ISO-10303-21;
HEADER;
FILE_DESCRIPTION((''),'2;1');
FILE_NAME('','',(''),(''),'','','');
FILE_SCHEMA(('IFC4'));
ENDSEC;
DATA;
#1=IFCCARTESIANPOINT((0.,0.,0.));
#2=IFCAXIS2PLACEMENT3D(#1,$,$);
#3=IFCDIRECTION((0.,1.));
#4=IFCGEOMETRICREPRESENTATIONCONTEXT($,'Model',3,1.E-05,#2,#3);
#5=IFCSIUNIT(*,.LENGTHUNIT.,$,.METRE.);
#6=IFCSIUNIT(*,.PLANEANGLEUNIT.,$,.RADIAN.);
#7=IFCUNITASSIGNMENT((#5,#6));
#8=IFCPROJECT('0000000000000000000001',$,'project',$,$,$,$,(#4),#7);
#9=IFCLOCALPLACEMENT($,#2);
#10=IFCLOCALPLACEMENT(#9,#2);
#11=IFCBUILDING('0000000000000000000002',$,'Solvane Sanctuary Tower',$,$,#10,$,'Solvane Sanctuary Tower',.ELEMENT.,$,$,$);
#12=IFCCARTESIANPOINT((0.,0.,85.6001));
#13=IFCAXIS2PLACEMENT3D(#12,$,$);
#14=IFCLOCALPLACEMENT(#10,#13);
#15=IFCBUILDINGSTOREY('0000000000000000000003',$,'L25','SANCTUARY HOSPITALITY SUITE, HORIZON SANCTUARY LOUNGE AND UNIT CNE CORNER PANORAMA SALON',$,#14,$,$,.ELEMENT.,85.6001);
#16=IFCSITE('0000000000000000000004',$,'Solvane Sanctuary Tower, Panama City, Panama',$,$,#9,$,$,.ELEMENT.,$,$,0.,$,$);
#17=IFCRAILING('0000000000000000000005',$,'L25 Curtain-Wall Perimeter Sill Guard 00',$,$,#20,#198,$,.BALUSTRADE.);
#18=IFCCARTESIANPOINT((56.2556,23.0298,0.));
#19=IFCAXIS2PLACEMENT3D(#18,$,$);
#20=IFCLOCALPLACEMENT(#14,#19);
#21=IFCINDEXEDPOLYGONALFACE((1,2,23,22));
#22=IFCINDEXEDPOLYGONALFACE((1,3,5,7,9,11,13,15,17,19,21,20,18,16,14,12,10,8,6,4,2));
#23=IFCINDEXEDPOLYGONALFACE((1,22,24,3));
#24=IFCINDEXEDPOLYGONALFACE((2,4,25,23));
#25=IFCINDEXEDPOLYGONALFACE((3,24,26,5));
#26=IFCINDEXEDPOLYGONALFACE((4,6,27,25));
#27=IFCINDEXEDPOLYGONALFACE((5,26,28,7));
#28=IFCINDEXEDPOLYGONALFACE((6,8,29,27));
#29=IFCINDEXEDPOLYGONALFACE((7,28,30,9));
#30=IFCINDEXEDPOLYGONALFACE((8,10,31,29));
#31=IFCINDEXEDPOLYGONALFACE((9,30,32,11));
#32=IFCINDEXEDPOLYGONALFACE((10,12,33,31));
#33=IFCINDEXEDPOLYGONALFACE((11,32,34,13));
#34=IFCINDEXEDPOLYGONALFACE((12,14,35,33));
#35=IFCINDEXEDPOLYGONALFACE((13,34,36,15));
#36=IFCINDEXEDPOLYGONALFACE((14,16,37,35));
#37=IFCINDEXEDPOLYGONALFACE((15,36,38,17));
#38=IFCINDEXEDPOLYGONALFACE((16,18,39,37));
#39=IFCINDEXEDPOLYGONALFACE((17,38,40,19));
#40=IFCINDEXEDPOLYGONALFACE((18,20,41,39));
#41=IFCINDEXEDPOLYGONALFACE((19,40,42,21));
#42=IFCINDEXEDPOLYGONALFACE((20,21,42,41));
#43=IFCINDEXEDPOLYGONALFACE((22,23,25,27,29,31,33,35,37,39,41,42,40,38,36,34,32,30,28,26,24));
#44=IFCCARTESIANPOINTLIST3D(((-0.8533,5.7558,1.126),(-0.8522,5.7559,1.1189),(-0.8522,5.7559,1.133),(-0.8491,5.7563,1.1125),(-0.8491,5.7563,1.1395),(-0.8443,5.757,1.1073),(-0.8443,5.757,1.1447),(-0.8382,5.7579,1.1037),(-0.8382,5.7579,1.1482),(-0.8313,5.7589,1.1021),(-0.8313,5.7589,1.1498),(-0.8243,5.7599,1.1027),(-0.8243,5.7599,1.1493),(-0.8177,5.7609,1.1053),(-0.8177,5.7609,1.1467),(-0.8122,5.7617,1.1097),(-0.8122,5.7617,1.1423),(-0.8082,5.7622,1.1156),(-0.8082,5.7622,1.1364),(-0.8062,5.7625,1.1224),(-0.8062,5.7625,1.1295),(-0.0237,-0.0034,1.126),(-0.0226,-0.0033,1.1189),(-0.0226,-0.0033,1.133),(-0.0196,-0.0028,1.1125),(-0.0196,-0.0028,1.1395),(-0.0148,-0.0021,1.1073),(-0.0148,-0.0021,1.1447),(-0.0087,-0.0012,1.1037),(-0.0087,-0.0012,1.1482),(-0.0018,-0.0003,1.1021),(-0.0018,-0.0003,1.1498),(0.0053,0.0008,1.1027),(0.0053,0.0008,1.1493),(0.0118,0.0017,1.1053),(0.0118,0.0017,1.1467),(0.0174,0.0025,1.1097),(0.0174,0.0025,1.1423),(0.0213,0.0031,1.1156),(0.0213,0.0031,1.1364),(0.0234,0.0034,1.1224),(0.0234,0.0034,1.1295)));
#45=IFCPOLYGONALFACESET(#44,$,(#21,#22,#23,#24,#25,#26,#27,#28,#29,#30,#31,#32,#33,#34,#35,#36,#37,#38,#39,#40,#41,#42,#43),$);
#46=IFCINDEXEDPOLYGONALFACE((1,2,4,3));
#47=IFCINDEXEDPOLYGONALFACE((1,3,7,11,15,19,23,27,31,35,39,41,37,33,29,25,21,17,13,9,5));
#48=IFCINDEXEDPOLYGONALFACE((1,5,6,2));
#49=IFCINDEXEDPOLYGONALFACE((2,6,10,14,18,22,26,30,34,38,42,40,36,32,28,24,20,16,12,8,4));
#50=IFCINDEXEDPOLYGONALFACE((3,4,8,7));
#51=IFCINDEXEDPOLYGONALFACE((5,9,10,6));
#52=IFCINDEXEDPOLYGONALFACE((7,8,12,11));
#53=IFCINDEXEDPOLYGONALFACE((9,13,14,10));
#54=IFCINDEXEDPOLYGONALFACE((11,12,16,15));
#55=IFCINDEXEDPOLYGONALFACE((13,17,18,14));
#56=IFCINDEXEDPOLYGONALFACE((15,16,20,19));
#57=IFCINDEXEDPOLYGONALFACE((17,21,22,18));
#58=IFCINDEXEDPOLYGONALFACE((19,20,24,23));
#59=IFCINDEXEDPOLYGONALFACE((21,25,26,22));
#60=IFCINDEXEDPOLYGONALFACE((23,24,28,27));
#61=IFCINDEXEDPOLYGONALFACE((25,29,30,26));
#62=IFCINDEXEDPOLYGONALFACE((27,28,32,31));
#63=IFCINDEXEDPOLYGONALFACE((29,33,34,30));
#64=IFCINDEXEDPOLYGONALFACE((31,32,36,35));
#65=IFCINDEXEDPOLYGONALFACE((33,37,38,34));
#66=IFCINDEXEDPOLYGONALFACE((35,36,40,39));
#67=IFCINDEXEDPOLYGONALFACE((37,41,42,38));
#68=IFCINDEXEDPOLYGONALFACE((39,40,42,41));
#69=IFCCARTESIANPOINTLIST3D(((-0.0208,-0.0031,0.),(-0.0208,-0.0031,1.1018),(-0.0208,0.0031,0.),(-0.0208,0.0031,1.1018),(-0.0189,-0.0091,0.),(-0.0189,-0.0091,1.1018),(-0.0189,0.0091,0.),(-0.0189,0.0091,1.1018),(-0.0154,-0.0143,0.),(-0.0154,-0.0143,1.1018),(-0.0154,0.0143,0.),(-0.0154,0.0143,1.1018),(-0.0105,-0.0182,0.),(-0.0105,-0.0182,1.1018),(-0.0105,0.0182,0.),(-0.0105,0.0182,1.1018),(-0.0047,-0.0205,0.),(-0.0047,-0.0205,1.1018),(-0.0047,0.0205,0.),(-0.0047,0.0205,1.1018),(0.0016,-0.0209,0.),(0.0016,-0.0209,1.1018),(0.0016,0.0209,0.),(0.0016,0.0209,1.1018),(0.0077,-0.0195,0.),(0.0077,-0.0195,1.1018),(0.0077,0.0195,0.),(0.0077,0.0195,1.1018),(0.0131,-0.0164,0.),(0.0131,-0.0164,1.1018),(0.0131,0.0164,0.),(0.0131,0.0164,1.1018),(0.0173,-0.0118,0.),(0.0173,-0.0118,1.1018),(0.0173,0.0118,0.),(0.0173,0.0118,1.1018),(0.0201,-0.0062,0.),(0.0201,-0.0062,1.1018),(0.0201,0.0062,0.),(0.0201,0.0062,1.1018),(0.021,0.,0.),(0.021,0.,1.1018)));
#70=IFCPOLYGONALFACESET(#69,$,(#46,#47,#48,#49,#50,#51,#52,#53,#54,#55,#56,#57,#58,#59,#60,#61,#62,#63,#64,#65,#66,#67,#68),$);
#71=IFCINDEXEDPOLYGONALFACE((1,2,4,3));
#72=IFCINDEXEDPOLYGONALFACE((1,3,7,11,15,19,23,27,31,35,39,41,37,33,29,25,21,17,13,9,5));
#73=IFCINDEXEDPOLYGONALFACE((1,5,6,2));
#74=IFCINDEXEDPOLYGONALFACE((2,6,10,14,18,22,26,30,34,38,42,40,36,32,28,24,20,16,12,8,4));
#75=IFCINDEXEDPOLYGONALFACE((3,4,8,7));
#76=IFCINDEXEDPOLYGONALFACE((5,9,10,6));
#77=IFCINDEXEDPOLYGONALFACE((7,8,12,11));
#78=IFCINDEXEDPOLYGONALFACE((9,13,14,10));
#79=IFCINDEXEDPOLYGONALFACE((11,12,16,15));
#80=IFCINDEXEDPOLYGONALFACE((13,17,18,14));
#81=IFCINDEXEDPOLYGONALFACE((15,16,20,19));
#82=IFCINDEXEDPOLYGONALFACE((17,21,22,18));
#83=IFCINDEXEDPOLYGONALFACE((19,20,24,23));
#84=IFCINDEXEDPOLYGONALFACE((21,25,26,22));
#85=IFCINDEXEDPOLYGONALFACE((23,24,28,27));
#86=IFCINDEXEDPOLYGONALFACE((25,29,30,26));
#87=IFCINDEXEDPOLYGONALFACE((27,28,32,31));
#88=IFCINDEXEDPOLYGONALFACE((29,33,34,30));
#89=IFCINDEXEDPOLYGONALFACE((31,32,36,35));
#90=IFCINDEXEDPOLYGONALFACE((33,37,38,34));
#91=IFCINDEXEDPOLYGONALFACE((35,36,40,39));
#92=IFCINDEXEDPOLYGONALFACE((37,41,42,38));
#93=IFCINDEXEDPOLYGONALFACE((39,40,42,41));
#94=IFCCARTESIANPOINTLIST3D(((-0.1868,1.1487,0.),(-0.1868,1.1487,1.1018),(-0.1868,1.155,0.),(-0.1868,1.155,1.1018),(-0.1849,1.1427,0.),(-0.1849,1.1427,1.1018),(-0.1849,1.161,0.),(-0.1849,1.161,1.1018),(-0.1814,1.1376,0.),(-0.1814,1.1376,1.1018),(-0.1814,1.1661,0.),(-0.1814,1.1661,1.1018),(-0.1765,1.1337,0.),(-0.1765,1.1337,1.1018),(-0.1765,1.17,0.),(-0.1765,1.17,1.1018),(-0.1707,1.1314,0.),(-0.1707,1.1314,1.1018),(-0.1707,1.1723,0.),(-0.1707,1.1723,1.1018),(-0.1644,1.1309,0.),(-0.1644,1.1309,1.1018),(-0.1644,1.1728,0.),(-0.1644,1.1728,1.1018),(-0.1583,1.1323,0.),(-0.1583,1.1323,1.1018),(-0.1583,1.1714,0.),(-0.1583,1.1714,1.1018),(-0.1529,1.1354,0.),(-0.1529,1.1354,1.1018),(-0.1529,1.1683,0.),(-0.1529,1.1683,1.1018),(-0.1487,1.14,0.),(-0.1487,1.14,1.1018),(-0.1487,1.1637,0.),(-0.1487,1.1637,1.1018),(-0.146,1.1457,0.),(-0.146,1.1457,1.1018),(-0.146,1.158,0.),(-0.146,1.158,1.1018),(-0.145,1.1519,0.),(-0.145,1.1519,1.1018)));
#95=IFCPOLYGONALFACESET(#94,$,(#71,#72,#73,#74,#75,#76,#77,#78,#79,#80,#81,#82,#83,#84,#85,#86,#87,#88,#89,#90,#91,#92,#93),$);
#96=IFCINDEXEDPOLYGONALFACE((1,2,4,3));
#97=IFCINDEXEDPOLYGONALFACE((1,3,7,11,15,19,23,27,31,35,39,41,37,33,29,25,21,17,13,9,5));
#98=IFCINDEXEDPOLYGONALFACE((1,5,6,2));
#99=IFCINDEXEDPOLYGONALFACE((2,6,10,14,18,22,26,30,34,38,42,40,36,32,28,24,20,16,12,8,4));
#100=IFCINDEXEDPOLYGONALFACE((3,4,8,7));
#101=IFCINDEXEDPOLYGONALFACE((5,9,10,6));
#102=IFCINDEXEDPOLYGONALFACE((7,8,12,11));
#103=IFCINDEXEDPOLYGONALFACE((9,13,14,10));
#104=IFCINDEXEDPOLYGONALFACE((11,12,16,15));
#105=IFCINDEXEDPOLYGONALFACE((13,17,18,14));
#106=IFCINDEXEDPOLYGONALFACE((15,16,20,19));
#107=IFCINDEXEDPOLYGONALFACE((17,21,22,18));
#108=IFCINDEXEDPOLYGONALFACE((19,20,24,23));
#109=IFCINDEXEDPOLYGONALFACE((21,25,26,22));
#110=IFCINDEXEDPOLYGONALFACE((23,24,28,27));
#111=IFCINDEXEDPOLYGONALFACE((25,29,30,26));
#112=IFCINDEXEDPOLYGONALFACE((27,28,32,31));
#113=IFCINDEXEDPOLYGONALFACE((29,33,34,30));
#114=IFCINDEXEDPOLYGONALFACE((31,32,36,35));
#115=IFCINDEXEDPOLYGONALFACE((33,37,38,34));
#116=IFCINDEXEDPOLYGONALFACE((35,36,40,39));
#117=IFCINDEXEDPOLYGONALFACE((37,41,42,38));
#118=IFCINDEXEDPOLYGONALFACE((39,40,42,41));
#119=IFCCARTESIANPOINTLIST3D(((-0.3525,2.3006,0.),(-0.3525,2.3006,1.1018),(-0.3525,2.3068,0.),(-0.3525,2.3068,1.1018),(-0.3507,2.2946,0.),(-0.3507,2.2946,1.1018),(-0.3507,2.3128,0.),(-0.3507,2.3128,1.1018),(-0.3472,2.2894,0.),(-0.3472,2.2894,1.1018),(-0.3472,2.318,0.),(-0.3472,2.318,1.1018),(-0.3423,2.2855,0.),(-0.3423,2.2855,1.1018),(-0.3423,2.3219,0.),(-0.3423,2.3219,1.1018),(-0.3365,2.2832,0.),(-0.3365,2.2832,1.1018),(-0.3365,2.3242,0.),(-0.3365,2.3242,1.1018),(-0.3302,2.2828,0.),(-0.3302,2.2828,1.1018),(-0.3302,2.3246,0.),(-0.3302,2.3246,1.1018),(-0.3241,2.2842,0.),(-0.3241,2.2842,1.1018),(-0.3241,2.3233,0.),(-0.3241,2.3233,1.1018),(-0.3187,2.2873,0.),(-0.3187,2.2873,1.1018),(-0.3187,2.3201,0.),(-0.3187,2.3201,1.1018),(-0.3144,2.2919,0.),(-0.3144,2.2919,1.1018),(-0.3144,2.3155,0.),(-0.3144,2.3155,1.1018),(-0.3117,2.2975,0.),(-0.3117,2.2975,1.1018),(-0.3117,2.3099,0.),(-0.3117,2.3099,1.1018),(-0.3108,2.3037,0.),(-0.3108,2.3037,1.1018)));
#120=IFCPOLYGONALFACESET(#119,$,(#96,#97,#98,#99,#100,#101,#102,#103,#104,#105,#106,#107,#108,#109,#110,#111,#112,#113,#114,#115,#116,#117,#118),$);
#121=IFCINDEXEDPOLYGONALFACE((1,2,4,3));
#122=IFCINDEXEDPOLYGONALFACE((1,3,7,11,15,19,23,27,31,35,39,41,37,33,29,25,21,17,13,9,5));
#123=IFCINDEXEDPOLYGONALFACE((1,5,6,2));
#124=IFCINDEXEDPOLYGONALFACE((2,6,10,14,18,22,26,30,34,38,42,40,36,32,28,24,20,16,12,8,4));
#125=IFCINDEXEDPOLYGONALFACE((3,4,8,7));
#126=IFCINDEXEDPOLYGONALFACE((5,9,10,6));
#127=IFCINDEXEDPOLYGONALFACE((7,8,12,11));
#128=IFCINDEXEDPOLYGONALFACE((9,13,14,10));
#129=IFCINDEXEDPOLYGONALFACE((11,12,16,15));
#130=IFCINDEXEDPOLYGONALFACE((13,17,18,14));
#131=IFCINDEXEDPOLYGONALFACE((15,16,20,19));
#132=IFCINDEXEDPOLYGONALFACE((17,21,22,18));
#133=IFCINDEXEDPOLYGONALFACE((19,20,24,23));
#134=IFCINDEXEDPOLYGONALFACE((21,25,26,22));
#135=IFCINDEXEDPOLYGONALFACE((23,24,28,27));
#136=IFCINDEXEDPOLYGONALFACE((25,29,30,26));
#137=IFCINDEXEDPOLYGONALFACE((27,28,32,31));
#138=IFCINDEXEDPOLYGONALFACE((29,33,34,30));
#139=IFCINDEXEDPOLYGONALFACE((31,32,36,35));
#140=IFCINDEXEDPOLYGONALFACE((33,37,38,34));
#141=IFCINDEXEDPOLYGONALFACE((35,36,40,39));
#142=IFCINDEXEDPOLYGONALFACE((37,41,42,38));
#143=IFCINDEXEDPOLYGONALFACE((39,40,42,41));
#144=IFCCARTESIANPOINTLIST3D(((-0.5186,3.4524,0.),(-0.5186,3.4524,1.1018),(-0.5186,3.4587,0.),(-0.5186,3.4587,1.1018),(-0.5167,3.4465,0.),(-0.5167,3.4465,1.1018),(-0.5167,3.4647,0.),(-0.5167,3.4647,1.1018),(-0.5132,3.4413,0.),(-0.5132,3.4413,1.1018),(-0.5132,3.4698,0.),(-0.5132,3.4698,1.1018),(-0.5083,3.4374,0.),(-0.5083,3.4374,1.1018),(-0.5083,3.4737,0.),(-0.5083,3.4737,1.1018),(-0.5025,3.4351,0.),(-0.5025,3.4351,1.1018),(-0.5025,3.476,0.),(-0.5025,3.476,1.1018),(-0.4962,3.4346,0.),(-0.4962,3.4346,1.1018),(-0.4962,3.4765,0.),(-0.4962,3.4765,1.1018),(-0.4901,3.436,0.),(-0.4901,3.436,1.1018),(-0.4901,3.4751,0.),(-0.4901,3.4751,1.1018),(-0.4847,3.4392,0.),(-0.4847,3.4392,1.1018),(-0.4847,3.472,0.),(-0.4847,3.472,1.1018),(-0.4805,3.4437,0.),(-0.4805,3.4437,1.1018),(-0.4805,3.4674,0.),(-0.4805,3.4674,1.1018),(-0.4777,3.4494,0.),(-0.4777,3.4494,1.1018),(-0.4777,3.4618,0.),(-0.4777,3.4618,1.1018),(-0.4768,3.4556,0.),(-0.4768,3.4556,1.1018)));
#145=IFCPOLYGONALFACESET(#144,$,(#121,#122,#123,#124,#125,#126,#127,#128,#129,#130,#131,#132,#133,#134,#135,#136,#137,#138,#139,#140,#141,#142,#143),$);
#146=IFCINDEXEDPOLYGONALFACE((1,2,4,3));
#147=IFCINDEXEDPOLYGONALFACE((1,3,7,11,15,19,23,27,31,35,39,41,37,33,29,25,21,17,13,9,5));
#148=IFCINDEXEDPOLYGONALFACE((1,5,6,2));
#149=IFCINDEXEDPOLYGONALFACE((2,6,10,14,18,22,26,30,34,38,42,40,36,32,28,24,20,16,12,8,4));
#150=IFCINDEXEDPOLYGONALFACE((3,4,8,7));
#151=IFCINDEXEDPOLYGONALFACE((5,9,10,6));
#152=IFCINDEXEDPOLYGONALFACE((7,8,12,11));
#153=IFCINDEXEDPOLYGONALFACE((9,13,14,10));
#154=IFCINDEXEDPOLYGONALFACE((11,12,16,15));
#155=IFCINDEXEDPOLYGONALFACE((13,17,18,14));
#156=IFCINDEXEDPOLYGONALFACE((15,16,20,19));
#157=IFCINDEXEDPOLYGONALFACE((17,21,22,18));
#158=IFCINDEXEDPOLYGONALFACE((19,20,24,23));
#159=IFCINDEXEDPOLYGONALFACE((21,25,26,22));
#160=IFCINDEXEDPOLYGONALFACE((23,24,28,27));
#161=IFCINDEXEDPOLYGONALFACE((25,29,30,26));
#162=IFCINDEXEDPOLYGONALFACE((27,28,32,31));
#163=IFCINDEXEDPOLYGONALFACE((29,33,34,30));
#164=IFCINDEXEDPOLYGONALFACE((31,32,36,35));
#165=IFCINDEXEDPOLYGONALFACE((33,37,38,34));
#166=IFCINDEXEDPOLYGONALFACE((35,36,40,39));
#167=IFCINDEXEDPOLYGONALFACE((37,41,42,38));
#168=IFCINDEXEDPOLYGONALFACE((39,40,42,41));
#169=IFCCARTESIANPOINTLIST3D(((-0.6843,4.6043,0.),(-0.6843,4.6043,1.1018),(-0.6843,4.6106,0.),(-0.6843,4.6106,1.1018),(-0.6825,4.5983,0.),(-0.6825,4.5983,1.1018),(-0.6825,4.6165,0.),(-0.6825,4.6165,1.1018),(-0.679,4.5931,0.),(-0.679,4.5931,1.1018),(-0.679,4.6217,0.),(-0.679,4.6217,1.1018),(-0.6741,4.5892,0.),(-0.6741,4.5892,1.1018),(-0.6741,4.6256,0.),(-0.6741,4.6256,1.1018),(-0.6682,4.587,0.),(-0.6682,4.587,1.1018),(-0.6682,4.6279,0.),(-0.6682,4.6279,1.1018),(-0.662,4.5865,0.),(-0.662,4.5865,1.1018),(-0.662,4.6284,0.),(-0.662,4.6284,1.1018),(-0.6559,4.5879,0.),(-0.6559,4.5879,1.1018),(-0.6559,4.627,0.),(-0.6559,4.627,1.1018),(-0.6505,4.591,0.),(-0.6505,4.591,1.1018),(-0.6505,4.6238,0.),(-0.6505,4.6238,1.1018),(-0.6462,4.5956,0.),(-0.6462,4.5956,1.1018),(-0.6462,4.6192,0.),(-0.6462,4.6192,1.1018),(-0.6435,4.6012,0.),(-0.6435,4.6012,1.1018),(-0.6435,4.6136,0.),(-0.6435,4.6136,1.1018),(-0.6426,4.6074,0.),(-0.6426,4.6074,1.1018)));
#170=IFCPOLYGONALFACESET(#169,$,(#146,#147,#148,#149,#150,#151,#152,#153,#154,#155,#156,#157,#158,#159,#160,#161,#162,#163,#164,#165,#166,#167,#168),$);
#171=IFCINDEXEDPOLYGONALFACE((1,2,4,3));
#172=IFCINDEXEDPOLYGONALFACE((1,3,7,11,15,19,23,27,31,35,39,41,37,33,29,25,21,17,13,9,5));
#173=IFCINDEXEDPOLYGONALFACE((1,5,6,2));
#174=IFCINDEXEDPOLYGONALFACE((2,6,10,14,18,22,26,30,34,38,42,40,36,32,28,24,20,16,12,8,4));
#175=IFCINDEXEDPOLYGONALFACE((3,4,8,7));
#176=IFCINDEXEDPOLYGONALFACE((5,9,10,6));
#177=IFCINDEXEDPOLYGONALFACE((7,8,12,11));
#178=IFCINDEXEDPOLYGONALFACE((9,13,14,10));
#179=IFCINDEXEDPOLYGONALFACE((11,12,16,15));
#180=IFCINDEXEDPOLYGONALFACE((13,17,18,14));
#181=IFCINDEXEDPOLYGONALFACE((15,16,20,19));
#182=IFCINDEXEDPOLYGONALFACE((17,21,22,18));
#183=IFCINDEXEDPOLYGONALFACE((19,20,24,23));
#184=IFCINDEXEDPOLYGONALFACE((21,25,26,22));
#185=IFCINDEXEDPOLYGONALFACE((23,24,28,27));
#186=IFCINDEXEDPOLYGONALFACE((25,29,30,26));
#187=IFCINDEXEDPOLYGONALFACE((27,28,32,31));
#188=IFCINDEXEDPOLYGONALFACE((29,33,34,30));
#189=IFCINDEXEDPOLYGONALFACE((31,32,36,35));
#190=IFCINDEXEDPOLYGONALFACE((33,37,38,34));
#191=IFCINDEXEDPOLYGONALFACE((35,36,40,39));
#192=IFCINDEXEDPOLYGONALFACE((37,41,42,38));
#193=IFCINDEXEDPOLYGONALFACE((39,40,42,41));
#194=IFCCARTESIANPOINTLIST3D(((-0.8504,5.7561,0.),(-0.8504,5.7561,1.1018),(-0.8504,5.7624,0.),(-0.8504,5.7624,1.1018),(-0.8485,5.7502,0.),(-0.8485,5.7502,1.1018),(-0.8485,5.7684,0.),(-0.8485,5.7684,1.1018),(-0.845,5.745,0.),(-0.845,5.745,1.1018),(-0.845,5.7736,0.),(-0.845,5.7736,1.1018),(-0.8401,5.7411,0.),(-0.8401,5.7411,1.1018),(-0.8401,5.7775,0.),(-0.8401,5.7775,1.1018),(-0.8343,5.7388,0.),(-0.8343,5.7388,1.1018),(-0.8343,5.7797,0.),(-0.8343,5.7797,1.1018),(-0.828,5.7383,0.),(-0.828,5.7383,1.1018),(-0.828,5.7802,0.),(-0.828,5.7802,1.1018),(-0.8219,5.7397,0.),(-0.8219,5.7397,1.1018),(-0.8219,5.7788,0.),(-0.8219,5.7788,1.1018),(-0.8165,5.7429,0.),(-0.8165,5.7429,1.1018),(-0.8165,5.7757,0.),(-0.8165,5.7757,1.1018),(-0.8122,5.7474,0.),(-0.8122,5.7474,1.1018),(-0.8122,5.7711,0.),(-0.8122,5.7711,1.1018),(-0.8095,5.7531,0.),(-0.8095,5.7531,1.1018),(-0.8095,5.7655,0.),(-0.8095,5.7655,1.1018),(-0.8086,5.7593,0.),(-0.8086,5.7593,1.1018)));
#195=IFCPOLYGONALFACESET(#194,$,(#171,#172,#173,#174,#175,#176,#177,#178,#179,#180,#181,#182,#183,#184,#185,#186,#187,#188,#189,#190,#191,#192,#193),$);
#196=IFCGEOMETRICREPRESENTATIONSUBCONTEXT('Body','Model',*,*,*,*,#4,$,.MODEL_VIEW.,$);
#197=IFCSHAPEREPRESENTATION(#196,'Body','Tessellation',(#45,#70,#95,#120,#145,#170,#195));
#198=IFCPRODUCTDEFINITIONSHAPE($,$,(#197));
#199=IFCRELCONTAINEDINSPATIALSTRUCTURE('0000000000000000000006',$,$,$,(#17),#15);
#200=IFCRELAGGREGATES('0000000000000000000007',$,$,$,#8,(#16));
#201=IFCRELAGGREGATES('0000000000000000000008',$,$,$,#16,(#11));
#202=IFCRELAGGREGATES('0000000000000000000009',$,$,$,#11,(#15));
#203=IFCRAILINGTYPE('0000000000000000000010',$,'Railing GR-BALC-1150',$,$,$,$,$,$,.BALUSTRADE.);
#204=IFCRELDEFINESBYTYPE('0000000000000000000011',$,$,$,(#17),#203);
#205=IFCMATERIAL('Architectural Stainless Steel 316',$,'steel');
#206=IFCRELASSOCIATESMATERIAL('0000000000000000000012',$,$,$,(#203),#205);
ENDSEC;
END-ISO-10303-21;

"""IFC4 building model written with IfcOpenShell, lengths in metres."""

from ifc_helpers import new_model, si_unit, direction, frame, origin, origin_2d, place, context, subcontext, project, spatial, circle, extrude, material, type_object, element, save


model = new_model("IFC4")

# Units and contexts
model_context = context("Model", 3, precision=1e-05, world=origin(), true_north=direction((0.0, 1.0)))
body_context = subcontext(model_context, "Body", "Model", "MODEL_VIEW")
ifc_project = project(units=[si_unit("LENGTHUNIT", "METRE"), si_unit("PLANEANGLEUNIT", "RADIAN")], contexts=[model_context])

# Site, building, storey
site_placement = place(None, origin())
site = spatial("IfcSite", under=ifc_project, at=site_placement, Name="Solvane Sanctuary Tower, Panama City, Panama", CompositionType="ELEMENT", RefElevation=0.0)
building_placement = place(site_placement, origin())
building = spatial("IfcBuilding", under=site, at=building_placement, Name="Solvane Sanctuary Tower", LongName="Solvane Sanctuary Tower", CompositionType="ELEMENT")
storey_placement = place(building_placement, frame((0.0, 0.0, 85.6001)))
storey = spatial("IfcBuildingStorey", under=building, at=storey_placement, Name="L25", Description="SANCTUARY HOSPITALITY SUITE, HORIZON SANCTUARY LOUNGE AND UNIT CNE CORNER PANORAMA SALON", CompositionType="ELEMENT", Elevation=85.6001)

# Railing
ifc_material_1 = material(Name="Architectural Stainless Steel 316", Category="steel")
railing_type = type_object("IfcRailingType", Name="Railing GR-BALC-1150", PredefinedType="BALUSTRADE", material=ifc_material_1)
railing_1_placement = place(storey_placement, frame((56.2556, 23.0298, 0.0)))
element("IfcRailing", 1, at=railing_1_placement, inside=storey, type_object=railing_type, Name="L25 Curtain-Wall Perimeter Sill Guard 00", PredefinedType="BALUSTRADE", context=body_context, shape_type="SweptSolid", body=[
    extrude(circle(Radius=0.0239, at=origin_2d()), frame((0.0, 0.0, 1.126), z_axis=(-0.142573, 0.989784, 0.0), x_axis=(-0.989784, -0.142573, 0.0)), (0.0, 0.0, 1.0), 5.8186),
    extrude(circle(Radius=0.021, at=origin_2d()), origin(), (0.0, 0.0, 1.0), 1.1018),
    extrude(circle(Radius=0.021, at=origin_2d()), frame((-0.166, 1.1519, 0.0)), (0.0, 0.0, 1.0), 1.1018),
    extrude(circle(Radius=0.021, at=origin_2d()), frame((-0.3318, 2.3037, 0.0)), (0.0, 0.0, 1.0), 1.1018),
    extrude(circle(Radius=0.021, at=origin_2d()), frame((-0.4978, 3.4556, 0.0)), (0.0, 0.0, 1.0), 1.1018),
    extrude(circle(Radius=0.021, at=origin_2d()), frame((-0.6636, 4.6074, 0.0)), (0.0, 0.0, 1.0), 1.1018),
    extrude(circle(Radius=0.021, at=origin_2d()), frame((-0.8296, 5.7593, 0.0)), (0.0, 0.0, 1.0), 1.1018),
])

save(model, "model.ifc")
